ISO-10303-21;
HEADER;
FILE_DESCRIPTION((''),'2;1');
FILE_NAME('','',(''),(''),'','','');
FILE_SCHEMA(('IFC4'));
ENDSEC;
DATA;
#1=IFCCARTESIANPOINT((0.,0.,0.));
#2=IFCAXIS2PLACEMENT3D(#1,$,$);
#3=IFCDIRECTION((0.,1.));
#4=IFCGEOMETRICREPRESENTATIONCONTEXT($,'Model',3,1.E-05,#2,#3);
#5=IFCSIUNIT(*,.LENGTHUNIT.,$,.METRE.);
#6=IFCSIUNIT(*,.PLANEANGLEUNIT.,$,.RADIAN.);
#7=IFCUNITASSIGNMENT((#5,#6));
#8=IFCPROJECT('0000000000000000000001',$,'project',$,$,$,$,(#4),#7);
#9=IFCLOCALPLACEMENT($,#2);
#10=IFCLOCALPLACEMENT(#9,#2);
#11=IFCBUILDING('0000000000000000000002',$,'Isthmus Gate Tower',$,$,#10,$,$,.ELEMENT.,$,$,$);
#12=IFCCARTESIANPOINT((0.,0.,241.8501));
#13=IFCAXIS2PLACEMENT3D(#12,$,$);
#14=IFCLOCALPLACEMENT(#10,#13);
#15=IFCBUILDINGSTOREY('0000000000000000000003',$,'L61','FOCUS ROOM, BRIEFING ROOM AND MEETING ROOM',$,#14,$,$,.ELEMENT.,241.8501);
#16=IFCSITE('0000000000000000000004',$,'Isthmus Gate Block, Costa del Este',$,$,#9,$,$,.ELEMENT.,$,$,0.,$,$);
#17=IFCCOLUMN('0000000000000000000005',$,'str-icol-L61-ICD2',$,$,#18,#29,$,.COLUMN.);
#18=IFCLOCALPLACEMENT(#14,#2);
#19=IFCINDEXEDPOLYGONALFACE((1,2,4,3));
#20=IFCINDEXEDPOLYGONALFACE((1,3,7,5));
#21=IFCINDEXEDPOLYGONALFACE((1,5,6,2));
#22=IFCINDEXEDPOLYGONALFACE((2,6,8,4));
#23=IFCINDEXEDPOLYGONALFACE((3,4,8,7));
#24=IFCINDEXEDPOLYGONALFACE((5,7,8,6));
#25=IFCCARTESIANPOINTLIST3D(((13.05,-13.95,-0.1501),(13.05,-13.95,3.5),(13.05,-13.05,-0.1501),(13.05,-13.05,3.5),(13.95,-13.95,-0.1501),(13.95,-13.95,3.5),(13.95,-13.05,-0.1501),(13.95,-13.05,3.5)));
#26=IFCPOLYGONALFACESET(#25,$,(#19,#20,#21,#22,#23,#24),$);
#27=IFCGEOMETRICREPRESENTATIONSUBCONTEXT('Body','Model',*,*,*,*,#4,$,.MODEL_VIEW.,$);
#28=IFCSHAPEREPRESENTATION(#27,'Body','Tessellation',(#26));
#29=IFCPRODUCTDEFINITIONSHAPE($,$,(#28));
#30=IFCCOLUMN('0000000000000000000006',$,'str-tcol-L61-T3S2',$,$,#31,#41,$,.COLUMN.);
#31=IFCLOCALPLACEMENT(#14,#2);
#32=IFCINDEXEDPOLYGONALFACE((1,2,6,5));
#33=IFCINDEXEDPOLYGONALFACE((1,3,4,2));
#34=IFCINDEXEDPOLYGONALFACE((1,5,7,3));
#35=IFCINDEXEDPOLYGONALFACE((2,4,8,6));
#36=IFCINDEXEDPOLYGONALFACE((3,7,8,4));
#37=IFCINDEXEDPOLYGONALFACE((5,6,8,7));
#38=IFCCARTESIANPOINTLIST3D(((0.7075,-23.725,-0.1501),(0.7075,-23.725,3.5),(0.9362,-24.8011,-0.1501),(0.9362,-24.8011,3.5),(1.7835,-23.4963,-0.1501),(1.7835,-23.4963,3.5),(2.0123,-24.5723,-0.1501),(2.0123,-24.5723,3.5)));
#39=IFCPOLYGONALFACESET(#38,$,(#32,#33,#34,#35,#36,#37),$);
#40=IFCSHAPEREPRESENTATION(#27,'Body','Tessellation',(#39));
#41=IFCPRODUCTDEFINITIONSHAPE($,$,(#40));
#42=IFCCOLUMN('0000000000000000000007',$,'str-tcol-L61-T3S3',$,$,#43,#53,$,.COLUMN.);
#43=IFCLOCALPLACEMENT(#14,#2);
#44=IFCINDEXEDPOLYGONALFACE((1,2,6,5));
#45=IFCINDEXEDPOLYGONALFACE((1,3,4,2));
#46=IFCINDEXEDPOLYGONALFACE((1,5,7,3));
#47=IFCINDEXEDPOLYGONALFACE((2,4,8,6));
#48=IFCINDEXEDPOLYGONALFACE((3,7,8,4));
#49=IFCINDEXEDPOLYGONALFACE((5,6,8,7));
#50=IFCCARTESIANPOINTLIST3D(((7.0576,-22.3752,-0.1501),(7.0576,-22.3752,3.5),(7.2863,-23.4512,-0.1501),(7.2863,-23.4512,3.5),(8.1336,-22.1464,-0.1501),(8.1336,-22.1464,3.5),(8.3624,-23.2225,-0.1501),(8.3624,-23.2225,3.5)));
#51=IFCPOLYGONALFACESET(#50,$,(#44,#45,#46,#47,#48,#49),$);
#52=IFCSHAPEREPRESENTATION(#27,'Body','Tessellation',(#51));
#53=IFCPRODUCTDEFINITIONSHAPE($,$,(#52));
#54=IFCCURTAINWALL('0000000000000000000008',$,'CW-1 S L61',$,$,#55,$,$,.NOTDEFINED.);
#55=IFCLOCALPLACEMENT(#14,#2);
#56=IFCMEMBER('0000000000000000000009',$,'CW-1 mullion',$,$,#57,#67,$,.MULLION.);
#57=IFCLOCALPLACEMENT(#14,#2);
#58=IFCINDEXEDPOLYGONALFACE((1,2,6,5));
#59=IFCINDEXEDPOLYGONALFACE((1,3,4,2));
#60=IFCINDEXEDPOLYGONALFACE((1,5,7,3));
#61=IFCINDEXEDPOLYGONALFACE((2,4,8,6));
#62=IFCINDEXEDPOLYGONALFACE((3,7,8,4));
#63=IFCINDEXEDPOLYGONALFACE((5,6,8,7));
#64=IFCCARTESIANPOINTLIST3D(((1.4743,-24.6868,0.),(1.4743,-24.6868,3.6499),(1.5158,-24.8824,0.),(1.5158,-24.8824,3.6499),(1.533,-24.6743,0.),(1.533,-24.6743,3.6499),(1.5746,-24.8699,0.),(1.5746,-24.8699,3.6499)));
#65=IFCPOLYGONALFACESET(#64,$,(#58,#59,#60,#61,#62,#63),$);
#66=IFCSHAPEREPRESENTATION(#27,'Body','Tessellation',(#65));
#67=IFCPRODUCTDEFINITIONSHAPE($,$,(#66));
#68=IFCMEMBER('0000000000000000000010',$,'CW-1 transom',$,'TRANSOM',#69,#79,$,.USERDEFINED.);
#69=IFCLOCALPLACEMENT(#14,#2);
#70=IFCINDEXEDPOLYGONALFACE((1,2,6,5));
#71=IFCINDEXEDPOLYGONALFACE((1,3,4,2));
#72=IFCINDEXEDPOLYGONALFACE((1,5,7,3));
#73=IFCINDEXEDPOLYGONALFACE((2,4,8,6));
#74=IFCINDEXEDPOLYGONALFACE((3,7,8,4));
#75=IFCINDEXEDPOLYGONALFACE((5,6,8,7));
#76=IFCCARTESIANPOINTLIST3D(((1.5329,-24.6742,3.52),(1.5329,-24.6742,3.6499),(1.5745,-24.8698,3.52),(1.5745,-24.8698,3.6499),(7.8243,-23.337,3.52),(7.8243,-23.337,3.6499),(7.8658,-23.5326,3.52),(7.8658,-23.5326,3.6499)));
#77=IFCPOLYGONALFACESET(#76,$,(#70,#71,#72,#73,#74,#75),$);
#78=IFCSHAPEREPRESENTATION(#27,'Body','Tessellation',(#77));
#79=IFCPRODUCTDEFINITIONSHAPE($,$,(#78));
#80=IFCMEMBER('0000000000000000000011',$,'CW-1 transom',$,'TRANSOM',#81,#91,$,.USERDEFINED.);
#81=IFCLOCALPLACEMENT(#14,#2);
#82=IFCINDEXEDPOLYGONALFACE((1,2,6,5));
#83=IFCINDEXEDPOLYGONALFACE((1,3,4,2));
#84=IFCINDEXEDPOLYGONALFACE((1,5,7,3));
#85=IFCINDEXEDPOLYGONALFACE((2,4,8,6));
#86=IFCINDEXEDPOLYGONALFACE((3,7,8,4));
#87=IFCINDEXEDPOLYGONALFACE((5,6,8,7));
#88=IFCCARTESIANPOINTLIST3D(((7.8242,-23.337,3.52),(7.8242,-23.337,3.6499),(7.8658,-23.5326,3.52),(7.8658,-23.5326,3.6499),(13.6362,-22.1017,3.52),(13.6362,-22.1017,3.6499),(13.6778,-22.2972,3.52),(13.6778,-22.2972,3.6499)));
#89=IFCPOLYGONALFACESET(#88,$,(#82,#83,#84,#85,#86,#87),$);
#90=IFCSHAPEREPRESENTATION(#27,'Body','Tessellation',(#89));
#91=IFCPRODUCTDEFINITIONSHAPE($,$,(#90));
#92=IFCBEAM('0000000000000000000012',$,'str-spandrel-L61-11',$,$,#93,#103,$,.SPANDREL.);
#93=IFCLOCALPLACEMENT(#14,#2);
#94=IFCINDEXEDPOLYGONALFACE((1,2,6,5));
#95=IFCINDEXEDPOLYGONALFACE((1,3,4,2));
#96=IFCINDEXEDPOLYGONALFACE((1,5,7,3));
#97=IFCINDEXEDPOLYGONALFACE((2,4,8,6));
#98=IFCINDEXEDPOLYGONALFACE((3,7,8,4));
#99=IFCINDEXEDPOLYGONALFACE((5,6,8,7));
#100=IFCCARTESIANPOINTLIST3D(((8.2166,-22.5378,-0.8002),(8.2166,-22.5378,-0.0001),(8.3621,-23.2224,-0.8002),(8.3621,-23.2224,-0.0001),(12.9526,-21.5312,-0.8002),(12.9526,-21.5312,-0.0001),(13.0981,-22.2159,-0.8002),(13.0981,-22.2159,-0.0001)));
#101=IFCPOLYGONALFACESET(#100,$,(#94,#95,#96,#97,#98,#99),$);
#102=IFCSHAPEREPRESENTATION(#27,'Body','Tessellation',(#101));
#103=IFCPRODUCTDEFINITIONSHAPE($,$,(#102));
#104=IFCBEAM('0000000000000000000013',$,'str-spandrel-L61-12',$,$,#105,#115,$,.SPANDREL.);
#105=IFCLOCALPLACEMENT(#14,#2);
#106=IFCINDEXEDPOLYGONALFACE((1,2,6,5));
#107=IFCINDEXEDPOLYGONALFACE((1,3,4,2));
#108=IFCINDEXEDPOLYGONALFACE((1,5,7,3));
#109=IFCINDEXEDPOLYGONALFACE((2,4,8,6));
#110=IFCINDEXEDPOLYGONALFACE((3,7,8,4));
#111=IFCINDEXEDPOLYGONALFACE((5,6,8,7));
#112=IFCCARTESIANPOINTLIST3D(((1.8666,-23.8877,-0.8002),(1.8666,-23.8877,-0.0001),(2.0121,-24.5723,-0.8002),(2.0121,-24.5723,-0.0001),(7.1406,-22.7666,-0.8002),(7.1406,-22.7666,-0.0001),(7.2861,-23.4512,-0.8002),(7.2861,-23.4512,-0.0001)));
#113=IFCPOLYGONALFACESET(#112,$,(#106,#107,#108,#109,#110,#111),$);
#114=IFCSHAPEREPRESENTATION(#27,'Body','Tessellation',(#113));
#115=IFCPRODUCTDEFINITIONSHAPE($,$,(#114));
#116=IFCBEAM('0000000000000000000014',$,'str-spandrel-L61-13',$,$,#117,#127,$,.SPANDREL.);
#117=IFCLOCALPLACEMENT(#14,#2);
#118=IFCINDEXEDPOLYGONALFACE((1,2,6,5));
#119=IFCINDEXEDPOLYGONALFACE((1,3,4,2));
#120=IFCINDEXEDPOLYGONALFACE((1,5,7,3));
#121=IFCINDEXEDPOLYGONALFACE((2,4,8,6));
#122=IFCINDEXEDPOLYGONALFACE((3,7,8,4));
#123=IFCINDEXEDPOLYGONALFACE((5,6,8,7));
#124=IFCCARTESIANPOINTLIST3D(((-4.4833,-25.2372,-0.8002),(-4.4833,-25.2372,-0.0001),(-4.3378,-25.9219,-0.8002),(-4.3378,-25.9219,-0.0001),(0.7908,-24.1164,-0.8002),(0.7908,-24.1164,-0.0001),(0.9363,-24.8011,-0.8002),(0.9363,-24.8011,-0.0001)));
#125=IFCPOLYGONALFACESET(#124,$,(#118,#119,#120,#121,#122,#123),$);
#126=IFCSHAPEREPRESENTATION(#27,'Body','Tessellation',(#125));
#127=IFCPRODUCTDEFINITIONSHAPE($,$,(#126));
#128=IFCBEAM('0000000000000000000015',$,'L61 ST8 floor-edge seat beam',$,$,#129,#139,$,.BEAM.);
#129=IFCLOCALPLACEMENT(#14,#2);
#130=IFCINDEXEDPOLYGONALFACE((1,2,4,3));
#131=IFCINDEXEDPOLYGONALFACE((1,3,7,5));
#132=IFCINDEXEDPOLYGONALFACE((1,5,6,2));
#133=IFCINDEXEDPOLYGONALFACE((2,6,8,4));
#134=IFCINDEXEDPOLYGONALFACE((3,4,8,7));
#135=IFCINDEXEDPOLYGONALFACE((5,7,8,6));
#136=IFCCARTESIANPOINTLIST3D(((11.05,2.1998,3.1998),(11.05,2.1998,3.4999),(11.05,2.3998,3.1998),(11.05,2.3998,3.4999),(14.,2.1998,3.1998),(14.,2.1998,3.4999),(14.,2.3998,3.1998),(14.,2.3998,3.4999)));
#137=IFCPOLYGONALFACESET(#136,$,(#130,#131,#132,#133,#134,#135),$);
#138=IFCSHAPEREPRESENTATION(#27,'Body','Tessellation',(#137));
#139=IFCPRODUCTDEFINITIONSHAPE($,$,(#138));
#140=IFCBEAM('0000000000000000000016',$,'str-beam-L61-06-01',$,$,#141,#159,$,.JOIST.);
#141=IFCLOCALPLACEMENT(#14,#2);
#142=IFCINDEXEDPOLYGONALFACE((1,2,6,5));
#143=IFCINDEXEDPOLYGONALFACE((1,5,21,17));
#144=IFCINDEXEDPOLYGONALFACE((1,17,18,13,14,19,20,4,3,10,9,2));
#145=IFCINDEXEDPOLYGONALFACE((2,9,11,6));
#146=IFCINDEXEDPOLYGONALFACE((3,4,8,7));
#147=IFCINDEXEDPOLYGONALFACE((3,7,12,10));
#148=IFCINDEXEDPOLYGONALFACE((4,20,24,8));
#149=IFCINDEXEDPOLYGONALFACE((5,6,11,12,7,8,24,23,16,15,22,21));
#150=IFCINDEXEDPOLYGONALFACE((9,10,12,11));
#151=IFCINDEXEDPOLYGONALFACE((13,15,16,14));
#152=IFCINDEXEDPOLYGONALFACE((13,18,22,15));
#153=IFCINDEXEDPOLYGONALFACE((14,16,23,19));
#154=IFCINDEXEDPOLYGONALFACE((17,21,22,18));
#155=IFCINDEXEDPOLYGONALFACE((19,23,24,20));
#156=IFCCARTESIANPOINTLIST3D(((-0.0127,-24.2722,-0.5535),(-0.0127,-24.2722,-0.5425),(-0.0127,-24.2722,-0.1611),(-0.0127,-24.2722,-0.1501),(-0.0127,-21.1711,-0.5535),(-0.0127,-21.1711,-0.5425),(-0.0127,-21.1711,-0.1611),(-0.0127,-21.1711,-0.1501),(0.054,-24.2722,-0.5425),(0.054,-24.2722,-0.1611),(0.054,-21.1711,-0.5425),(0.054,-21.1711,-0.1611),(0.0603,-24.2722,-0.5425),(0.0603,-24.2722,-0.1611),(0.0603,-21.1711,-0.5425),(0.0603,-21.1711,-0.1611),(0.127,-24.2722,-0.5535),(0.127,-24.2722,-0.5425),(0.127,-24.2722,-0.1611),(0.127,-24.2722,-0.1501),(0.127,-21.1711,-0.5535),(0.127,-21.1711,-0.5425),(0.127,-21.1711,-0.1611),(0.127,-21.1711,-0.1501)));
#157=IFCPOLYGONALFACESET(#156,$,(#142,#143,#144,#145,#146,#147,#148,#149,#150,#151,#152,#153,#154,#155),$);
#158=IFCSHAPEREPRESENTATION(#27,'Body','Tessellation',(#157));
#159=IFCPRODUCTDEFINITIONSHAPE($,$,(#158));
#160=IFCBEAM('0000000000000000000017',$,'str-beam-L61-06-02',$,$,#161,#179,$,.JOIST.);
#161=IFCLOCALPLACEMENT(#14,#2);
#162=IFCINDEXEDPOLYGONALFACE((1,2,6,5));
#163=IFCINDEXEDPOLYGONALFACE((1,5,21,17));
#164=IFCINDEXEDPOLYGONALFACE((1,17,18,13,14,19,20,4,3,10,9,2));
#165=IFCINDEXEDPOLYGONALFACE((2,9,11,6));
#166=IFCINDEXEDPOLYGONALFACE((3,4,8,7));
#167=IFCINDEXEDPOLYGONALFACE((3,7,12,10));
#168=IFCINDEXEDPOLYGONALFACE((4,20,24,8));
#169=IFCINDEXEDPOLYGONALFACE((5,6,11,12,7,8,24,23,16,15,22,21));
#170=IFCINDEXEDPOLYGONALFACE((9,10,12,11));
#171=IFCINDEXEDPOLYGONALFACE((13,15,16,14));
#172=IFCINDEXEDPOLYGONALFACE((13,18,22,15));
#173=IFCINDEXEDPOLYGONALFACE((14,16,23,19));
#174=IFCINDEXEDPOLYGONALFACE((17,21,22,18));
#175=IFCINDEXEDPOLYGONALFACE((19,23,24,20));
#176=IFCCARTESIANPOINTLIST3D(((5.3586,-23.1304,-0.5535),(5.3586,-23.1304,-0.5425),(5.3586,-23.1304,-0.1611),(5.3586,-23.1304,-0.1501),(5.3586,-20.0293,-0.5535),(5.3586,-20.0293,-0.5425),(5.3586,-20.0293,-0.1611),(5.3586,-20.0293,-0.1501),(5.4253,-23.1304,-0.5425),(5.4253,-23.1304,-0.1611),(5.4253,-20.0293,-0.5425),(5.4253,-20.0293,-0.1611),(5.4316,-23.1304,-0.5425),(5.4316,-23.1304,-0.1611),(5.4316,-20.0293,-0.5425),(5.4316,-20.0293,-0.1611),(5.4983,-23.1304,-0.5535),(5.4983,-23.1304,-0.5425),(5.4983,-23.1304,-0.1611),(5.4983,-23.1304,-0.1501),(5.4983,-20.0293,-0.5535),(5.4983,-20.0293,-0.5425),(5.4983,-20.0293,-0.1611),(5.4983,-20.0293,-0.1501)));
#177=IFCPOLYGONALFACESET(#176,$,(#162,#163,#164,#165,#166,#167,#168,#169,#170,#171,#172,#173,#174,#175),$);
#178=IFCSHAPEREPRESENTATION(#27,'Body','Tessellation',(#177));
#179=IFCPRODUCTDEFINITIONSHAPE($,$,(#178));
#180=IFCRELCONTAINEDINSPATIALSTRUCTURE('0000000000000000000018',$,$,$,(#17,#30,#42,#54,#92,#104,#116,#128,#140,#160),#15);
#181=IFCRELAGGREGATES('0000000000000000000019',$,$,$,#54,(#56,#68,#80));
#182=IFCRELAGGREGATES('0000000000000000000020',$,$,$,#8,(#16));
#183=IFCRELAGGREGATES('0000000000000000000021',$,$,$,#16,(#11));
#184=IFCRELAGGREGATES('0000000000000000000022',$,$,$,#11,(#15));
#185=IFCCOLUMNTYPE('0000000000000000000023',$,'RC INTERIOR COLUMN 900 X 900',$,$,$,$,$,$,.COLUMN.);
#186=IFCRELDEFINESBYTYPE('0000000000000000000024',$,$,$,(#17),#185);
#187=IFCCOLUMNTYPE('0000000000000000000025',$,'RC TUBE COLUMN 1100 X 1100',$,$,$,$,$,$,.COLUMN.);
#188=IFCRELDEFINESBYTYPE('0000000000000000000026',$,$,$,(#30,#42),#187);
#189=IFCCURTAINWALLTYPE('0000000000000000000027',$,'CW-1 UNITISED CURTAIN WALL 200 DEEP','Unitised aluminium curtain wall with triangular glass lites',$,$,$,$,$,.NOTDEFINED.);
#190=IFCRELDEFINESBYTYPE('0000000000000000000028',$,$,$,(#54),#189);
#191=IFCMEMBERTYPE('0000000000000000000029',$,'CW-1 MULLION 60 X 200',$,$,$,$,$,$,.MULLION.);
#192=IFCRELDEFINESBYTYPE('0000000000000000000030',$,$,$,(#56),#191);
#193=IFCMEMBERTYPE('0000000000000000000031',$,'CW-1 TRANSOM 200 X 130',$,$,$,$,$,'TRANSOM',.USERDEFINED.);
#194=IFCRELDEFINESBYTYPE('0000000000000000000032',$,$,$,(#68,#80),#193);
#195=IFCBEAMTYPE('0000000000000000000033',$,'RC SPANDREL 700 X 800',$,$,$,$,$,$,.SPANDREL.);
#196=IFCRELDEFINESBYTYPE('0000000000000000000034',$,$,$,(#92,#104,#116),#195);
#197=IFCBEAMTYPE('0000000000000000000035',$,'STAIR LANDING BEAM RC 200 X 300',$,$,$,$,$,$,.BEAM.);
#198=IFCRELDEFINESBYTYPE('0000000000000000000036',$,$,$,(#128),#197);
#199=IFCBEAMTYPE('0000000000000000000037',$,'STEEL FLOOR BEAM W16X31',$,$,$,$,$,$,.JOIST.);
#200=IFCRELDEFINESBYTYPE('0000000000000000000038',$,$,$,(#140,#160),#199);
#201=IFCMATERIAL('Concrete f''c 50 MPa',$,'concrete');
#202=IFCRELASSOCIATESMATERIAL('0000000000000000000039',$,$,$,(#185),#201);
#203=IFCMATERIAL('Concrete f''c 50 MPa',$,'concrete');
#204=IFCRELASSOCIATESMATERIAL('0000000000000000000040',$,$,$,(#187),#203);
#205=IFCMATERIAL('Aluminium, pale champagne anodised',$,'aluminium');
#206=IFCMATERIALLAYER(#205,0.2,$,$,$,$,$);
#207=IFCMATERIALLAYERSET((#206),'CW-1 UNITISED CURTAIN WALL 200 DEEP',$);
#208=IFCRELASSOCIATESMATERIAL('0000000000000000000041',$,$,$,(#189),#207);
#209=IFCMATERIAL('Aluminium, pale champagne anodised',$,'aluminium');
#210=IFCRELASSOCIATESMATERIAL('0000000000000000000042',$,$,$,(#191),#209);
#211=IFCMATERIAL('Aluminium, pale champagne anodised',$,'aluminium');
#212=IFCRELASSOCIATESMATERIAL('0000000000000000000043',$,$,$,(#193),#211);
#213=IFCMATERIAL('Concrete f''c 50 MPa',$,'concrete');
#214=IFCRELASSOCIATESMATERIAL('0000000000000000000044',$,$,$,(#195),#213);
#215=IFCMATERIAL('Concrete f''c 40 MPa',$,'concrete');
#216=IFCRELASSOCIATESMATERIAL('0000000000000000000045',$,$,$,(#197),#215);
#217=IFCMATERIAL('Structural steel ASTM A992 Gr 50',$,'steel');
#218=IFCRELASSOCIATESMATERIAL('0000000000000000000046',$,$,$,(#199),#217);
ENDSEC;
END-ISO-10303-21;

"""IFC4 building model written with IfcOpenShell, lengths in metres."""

from ifc_helpers import new_model, si_unit, direction, frame, origin, origin_2d, place, context, subcontext, project, spatial, rectangle, i_section, extrude, material, layer, layer_set, material_profile, profile_set, type_object, element, aggregate, save


model = new_model("IFC4")

# Units and contexts
model_context = context("Model", 3, precision=1e-05, world=origin(), true_north=direction((0.0, 1.0)))
body_context = subcontext(model_context, "Body", "Model", "MODEL_VIEW")
ifc_project = project(units=[si_unit("LENGTHUNIT", "METRE"), si_unit("PLANEANGLEUNIT", "RADIAN")], contexts=[model_context])

# Site, building, storey
site_placement = place(None, origin())
site = spatial("IfcSite", under=ifc_project, at=site_placement, Name="Isthmus Gate Block, Costa del Este", CompositionType="ELEMENT", RefElevation=0.0)
building_placement = place(site_placement, origin())
building = spatial("IfcBuilding", under=site, at=building_placement, Name="Isthmus Gate Tower", CompositionType="ELEMENT")
storey_placement = place(building_placement, frame((0.0, 0.0, 241.8501)))
storey = spatial("IfcBuildingStorey", under=building, at=storey_placement, Name="L61", Description="FOCUS ROOM, BRIEFING ROOM AND MEETING ROOM", CompositionType="ELEMENT", Elevation=241.8501)

# Columns
ifc_material_1 = material(Name="Concrete f'c 50 MPa", Category="concrete")
ifc_material_profile_1 = material_profile(ifc_material_1, rectangle(XDim=0.8999, YDim=0.8999, at=origin_2d()), Name="RC 900X900")
ifc_profile_set_1 = profile_set([ifc_material_profile_1], Name="Concrete f'c 50 MPa")
column_type_1 = type_object("IfcColumnType", Name="RC INTERIOR COLUMN 900 X 900", PredefinedType="COLUMN", material=ifc_profile_set_1)
column_placement = place(storey_placement, frame((13.5, -13.5, -0.1501), z_axis=(0.0, 0.0, 1.0), x_axis=(1.0, 0.0, 0.0)))
element("IfcColumn", 1, at=column_placement, inside=storey, type_object=column_type_1, Name="str-icol-L61-ICD2", PredefinedType="COLUMN", context=body_context, shape_type="SweptSolid", body=[
    extrude(rectangle(XDim=0.8999, YDim=0.8999, at=origin_2d()), origin(), (0.0, 0.0, 1.0), 3.6501),
])
ifc_material_2 = material(Name="Concrete f'c 50 MPa", Category="concrete")
ifc_material_profile_2 = material_profile(ifc_material_2, rectangle(XDim=1.1001, YDim=1.1001, at=origin_2d()), Name="RC 1100X1100")
ifc_profile_set_2 = profile_set([ifc_material_profile_2], Name="Concrete f'c 50 MPa")
column_type_2 = type_object("IfcColumnType", Name="RC TUBE COLUMN 1100 X 1100", PredefinedType="COLUMN", material=ifc_profile_set_2)
for number, where, z_axis, x_axis, name in (
    (2, (1.3599, -24.1487, -0.1501), (0.0, 0.0, 1.0), (0.978148, 0.207912, 0.0), "str-tcol-L61-T3S2"),
    (3, (7.71, -22.7988, -0.1501), (0.0, 0.0, 1.0), (0.978148, 0.207912, 0.0), "str-tcol-L61-T3S3"),
):
    element("IfcColumn", number, at=place(storey_placement, frame(where, z_axis=z_axis, x_axis=x_axis)), inside=storey, type_object=column_type_2, Name=name, PredefinedType="COLUMN", context=body_context, shape_type="SweptSolid", body=[
        extrude(rectangle(XDim=1.1001, YDim=1.1001, at=origin_2d()), origin(), (0.0, 0.0, 1.0), 3.6501),
    ])

# Curtain wall, members
ifc_material_3 = material(Name="Aluminium, pale champagne anodised", Category="aluminium")
ifc_layer_1 = layer(ifc_material_3, 0.2)
ifc_layer_set_1 = layer_set([ifc_layer_1], Name="CW-1 UNITISED CURTAIN WALL 200 DEEP")
curtain_wall_type = type_object("IfcCurtainWallType", Name="CW-1 UNITISED CURTAIN WALL 200 DEEP", Description="Unitised aluminium curtain wall with triangular glass lites", PredefinedType="NOTDEFINED", material=ifc_layer_set_1)
curtain_wall_placement = place(storey_placement, origin())
curtain_wall = element("IfcCurtainWall", 4, at=curtain_wall_placement, inside=storey, type_object=curtain_wall_type, Name="CW-1 S L61", PredefinedType="NOTDEFINED")
ifc_material_4 = material(Name="Aluminium, pale champagne anodised", Category="aluminium")
ifc_material_profile_3 = material_profile(ifc_material_4, rectangle(XDim=0.0601, YDim=0.2, at=origin_2d()), Name="60x200")
ifc_profile_set_3 = profile_set([ifc_material_profile_3], Name="Aluminium, pale champagne anodised")
member_type_1 = type_object("IfcMemberType", Name="CW-1 MULLION 60 X 200", PredefinedType="MULLION", material=ifc_profile_set_3)
member_1_placement = place(storey_placement, frame((1.5244, -24.7783, 0.0), z_axis=(0.0, 0.0, 1.0), x_axis=(0.978148, 0.207912, 0.0)))
member_1 = element("IfcMember", 5, at=member_1_placement, type_object=member_type_1, Name="CW-1 mullion", PredefinedType="MULLION", context=body_context, shape_type="SweptSolid", body=[
    extrude(rectangle(XDim=0.0601, YDim=0.2, at=origin_2d()), origin(), (0.0, 0.0, 1.0), 3.6499),
])
ifc_material_5 = material(Name="Aluminium, pale champagne anodised", Category="aluminium")
ifc_material_profile_4 = material_profile(ifc_material_5, rectangle(XDim=0.2, YDim=0.1299, at=origin_2d()), Name="200x130")
ifc_profile_set_4 = profile_set([ifc_material_profile_4], Name="Aluminium, pale champagne anodised")
member_type_2 = type_object("IfcMemberType", Name="CW-1 TRANSOM 200 X 130", ElementType="TRANSOM", PredefinedType="USERDEFINED", material=ifc_profile_set_4)
member_2_placement = place(storey_placement, frame((1.5537, -24.772, 3.585), z_axis=(0.97815, 0.207898, 0.0), x_axis=(-0.207898, 0.97815, 0.0)))
member_2 = element("IfcMember", 6, at=member_2_placement, type_object=member_type_2, Name="CW-1 transom", ObjectType="TRANSOM", PredefinedType="USERDEFINED", context=body_context, shape_type="SweptSolid", body=[
    extrude(rectangle(XDim=0.2, YDim=0.1299, at=origin_2d()), origin(), (0.0, 0.0, 1.0), 6.4319),
])
member_3_placement = place(storey_placement, frame((7.845, -23.4348, 3.585), z_axis=(0.978149, 0.207907, 0.0), x_axis=(-0.207907, 0.978149, 0.0)))
member_3 = element("IfcMember", 7, at=member_3_placement, type_object=member_type_2, Name="CW-1 transom", ObjectType="TRANSOM", PredefinedType="USERDEFINED", context=body_context, shape_type="SweptSolid", body=[
    extrude(rectangle(XDim=0.2, YDim=0.1299, at=origin_2d()), origin(), (0.0, 0.0, 1.0), 5.9419),
])

# Beams
ifc_material_6 = material(Name="Concrete f'c 50 MPa", Category="concrete")
ifc_material_profile_5 = material_profile(ifc_material_6, rectangle(XDim=0.7, YDim=0.8, at=origin_2d()), Name="RC 700X800")
ifc_profile_set_5 = profile_set([ifc_material_profile_5], Name="Concrete f'c 50 MPa")
beam_type_1 = type_object("IfcBeamType", Name="RC SPANDREL 700 X 800", PredefinedType="SPANDREL", material=ifc_profile_set_5)
beam_1_placement = place(storey_placement, frame((13.0254, -21.8735, -0.4001), z_axis=(-0.978152, -0.207893, 0.0), x_axis=(0.207893, -0.978152, 0.0)))
element("IfcBeam", 8, at=beam_1_placement, inside=storey, type_object=beam_type_1, Name="str-spandrel-L61-11", PredefinedType="SPANDREL", context=body_context, shape_type="SweptSolid", body=[
    extrude(rectangle(XDim=0.7, YDim=0.8, at=origin_2d()), origin(), (0.0, 0.0, 1.0), 4.8418),
])
for number, where, z_axis, x_axis, name in (
    (9, (7.2134, -23.1089, -0.4001), (-0.978144, -0.207927, 0.0), (0.207927, -0.978144, 0.0), "str-spandrel-L61-12"),
    (10, (0.8635, -24.4587, -0.4001), (-0.978156, -0.207874, 0.0), (0.207874, -0.978156, 0.0), "str-spandrel-L61-13"),
):
    element("IfcBeam", number, at=place(storey_placement, frame(where, z_axis=z_axis, x_axis=x_axis)), inside=storey, type_object=beam_type_1, Name=name, PredefinedType="SPANDREL", context=body_context, shape_type="SweptSolid", body=[
        extrude(rectangle(XDim=0.7, YDim=0.8, at=origin_2d()), origin(), (0.0, 0.0, 1.0), 5.3918),
    ])
ifc_material_7 = material(Name="Concrete f'c 40 MPa", Category="concrete")
ifc_material_profile_6 = material_profile(ifc_material_7, rectangle(XDim=0.2, YDim=0.3, at=origin_2d()), Name="STAIR LANDING BEAM RC 200 X 300")
ifc_profile_set_6 = profile_set([ifc_material_profile_6], Name="Concrete f'c 40 MPa")
beam_type_2 = type_object("IfcBeamType", Name="STAIR LANDING BEAM RC 200 X 300", PredefinedType="BEAM", material=ifc_profile_set_6)
beam_2_placement = place(storey_placement, frame((11.05, 2.2998, 3.3499), z_axis=(1.0, 0.0, 0.0), x_axis=(0.0, 1.0, 0.0)))
element("IfcBeam", 11, at=beam_2_placement, inside=storey, type_object=beam_type_2, Name="L61 ST8 floor-edge seat beam", PredefinedType="BEAM", context=body_context, shape_type="SweptSolid", body=[
    extrude(rectangle(XDim=0.2, YDim=0.3, at=origin_2d()), origin(), (0.0, 0.0, 1.0), 2.95),
])
ifc_material_8 = material(Name="Structural steel ASTM A992 Gr 50", Category="steel")
ifc_material_profile_7 = material_profile(ifc_material_8, i_section(OverallWidth=0.1396, OverallDepth=0.4033, WebThickness=0.0063, FlangeThickness=0.011, at=origin_2d()), Name="W16X31")
ifc_profile_set_7 = profile_set([ifc_material_profile_7], Name="Structural steel ASTM A992 Gr 50")
beam_type_3 = type_object("IfcBeamType", Name="STEEL FLOOR BEAM W16X31", PredefinedType="JOIST", material=ifc_profile_set_7)
for number, where, z_axis, x_axis, name in (
    (12, (0.0571, -24.2722, -0.3518), (0.0, 1.0, 0.0), (-1.0, 0.0, 0.0), "str-beam-L61-06-01"),
    (13, (5.4285, -23.1304, -0.3518), (0.0, 1.0, 0.0), (-1.0, 0.0, 0.0), "str-beam-L61-06-02"),
):
    element("IfcBeam", number, at=place(storey_placement, frame(where, z_axis=z_axis, x_axis=x_axis)), inside=storey, type_object=beam_type_3, Name=name, PredefinedType="JOIST", context=body_context, shape_type="SweptSolid", body=[
        extrude(i_section(OverallWidth=0.1396, OverallDepth=0.4033, WebThickness=0.0063, FlangeThickness=0.011, at=origin_2d()), origin(), (0.0, 0.0, 1.0), 3.1011),
    ])

aggregate(curtain_wall, [member_1, member_2, member_3])

save(model, "model.ifc")
